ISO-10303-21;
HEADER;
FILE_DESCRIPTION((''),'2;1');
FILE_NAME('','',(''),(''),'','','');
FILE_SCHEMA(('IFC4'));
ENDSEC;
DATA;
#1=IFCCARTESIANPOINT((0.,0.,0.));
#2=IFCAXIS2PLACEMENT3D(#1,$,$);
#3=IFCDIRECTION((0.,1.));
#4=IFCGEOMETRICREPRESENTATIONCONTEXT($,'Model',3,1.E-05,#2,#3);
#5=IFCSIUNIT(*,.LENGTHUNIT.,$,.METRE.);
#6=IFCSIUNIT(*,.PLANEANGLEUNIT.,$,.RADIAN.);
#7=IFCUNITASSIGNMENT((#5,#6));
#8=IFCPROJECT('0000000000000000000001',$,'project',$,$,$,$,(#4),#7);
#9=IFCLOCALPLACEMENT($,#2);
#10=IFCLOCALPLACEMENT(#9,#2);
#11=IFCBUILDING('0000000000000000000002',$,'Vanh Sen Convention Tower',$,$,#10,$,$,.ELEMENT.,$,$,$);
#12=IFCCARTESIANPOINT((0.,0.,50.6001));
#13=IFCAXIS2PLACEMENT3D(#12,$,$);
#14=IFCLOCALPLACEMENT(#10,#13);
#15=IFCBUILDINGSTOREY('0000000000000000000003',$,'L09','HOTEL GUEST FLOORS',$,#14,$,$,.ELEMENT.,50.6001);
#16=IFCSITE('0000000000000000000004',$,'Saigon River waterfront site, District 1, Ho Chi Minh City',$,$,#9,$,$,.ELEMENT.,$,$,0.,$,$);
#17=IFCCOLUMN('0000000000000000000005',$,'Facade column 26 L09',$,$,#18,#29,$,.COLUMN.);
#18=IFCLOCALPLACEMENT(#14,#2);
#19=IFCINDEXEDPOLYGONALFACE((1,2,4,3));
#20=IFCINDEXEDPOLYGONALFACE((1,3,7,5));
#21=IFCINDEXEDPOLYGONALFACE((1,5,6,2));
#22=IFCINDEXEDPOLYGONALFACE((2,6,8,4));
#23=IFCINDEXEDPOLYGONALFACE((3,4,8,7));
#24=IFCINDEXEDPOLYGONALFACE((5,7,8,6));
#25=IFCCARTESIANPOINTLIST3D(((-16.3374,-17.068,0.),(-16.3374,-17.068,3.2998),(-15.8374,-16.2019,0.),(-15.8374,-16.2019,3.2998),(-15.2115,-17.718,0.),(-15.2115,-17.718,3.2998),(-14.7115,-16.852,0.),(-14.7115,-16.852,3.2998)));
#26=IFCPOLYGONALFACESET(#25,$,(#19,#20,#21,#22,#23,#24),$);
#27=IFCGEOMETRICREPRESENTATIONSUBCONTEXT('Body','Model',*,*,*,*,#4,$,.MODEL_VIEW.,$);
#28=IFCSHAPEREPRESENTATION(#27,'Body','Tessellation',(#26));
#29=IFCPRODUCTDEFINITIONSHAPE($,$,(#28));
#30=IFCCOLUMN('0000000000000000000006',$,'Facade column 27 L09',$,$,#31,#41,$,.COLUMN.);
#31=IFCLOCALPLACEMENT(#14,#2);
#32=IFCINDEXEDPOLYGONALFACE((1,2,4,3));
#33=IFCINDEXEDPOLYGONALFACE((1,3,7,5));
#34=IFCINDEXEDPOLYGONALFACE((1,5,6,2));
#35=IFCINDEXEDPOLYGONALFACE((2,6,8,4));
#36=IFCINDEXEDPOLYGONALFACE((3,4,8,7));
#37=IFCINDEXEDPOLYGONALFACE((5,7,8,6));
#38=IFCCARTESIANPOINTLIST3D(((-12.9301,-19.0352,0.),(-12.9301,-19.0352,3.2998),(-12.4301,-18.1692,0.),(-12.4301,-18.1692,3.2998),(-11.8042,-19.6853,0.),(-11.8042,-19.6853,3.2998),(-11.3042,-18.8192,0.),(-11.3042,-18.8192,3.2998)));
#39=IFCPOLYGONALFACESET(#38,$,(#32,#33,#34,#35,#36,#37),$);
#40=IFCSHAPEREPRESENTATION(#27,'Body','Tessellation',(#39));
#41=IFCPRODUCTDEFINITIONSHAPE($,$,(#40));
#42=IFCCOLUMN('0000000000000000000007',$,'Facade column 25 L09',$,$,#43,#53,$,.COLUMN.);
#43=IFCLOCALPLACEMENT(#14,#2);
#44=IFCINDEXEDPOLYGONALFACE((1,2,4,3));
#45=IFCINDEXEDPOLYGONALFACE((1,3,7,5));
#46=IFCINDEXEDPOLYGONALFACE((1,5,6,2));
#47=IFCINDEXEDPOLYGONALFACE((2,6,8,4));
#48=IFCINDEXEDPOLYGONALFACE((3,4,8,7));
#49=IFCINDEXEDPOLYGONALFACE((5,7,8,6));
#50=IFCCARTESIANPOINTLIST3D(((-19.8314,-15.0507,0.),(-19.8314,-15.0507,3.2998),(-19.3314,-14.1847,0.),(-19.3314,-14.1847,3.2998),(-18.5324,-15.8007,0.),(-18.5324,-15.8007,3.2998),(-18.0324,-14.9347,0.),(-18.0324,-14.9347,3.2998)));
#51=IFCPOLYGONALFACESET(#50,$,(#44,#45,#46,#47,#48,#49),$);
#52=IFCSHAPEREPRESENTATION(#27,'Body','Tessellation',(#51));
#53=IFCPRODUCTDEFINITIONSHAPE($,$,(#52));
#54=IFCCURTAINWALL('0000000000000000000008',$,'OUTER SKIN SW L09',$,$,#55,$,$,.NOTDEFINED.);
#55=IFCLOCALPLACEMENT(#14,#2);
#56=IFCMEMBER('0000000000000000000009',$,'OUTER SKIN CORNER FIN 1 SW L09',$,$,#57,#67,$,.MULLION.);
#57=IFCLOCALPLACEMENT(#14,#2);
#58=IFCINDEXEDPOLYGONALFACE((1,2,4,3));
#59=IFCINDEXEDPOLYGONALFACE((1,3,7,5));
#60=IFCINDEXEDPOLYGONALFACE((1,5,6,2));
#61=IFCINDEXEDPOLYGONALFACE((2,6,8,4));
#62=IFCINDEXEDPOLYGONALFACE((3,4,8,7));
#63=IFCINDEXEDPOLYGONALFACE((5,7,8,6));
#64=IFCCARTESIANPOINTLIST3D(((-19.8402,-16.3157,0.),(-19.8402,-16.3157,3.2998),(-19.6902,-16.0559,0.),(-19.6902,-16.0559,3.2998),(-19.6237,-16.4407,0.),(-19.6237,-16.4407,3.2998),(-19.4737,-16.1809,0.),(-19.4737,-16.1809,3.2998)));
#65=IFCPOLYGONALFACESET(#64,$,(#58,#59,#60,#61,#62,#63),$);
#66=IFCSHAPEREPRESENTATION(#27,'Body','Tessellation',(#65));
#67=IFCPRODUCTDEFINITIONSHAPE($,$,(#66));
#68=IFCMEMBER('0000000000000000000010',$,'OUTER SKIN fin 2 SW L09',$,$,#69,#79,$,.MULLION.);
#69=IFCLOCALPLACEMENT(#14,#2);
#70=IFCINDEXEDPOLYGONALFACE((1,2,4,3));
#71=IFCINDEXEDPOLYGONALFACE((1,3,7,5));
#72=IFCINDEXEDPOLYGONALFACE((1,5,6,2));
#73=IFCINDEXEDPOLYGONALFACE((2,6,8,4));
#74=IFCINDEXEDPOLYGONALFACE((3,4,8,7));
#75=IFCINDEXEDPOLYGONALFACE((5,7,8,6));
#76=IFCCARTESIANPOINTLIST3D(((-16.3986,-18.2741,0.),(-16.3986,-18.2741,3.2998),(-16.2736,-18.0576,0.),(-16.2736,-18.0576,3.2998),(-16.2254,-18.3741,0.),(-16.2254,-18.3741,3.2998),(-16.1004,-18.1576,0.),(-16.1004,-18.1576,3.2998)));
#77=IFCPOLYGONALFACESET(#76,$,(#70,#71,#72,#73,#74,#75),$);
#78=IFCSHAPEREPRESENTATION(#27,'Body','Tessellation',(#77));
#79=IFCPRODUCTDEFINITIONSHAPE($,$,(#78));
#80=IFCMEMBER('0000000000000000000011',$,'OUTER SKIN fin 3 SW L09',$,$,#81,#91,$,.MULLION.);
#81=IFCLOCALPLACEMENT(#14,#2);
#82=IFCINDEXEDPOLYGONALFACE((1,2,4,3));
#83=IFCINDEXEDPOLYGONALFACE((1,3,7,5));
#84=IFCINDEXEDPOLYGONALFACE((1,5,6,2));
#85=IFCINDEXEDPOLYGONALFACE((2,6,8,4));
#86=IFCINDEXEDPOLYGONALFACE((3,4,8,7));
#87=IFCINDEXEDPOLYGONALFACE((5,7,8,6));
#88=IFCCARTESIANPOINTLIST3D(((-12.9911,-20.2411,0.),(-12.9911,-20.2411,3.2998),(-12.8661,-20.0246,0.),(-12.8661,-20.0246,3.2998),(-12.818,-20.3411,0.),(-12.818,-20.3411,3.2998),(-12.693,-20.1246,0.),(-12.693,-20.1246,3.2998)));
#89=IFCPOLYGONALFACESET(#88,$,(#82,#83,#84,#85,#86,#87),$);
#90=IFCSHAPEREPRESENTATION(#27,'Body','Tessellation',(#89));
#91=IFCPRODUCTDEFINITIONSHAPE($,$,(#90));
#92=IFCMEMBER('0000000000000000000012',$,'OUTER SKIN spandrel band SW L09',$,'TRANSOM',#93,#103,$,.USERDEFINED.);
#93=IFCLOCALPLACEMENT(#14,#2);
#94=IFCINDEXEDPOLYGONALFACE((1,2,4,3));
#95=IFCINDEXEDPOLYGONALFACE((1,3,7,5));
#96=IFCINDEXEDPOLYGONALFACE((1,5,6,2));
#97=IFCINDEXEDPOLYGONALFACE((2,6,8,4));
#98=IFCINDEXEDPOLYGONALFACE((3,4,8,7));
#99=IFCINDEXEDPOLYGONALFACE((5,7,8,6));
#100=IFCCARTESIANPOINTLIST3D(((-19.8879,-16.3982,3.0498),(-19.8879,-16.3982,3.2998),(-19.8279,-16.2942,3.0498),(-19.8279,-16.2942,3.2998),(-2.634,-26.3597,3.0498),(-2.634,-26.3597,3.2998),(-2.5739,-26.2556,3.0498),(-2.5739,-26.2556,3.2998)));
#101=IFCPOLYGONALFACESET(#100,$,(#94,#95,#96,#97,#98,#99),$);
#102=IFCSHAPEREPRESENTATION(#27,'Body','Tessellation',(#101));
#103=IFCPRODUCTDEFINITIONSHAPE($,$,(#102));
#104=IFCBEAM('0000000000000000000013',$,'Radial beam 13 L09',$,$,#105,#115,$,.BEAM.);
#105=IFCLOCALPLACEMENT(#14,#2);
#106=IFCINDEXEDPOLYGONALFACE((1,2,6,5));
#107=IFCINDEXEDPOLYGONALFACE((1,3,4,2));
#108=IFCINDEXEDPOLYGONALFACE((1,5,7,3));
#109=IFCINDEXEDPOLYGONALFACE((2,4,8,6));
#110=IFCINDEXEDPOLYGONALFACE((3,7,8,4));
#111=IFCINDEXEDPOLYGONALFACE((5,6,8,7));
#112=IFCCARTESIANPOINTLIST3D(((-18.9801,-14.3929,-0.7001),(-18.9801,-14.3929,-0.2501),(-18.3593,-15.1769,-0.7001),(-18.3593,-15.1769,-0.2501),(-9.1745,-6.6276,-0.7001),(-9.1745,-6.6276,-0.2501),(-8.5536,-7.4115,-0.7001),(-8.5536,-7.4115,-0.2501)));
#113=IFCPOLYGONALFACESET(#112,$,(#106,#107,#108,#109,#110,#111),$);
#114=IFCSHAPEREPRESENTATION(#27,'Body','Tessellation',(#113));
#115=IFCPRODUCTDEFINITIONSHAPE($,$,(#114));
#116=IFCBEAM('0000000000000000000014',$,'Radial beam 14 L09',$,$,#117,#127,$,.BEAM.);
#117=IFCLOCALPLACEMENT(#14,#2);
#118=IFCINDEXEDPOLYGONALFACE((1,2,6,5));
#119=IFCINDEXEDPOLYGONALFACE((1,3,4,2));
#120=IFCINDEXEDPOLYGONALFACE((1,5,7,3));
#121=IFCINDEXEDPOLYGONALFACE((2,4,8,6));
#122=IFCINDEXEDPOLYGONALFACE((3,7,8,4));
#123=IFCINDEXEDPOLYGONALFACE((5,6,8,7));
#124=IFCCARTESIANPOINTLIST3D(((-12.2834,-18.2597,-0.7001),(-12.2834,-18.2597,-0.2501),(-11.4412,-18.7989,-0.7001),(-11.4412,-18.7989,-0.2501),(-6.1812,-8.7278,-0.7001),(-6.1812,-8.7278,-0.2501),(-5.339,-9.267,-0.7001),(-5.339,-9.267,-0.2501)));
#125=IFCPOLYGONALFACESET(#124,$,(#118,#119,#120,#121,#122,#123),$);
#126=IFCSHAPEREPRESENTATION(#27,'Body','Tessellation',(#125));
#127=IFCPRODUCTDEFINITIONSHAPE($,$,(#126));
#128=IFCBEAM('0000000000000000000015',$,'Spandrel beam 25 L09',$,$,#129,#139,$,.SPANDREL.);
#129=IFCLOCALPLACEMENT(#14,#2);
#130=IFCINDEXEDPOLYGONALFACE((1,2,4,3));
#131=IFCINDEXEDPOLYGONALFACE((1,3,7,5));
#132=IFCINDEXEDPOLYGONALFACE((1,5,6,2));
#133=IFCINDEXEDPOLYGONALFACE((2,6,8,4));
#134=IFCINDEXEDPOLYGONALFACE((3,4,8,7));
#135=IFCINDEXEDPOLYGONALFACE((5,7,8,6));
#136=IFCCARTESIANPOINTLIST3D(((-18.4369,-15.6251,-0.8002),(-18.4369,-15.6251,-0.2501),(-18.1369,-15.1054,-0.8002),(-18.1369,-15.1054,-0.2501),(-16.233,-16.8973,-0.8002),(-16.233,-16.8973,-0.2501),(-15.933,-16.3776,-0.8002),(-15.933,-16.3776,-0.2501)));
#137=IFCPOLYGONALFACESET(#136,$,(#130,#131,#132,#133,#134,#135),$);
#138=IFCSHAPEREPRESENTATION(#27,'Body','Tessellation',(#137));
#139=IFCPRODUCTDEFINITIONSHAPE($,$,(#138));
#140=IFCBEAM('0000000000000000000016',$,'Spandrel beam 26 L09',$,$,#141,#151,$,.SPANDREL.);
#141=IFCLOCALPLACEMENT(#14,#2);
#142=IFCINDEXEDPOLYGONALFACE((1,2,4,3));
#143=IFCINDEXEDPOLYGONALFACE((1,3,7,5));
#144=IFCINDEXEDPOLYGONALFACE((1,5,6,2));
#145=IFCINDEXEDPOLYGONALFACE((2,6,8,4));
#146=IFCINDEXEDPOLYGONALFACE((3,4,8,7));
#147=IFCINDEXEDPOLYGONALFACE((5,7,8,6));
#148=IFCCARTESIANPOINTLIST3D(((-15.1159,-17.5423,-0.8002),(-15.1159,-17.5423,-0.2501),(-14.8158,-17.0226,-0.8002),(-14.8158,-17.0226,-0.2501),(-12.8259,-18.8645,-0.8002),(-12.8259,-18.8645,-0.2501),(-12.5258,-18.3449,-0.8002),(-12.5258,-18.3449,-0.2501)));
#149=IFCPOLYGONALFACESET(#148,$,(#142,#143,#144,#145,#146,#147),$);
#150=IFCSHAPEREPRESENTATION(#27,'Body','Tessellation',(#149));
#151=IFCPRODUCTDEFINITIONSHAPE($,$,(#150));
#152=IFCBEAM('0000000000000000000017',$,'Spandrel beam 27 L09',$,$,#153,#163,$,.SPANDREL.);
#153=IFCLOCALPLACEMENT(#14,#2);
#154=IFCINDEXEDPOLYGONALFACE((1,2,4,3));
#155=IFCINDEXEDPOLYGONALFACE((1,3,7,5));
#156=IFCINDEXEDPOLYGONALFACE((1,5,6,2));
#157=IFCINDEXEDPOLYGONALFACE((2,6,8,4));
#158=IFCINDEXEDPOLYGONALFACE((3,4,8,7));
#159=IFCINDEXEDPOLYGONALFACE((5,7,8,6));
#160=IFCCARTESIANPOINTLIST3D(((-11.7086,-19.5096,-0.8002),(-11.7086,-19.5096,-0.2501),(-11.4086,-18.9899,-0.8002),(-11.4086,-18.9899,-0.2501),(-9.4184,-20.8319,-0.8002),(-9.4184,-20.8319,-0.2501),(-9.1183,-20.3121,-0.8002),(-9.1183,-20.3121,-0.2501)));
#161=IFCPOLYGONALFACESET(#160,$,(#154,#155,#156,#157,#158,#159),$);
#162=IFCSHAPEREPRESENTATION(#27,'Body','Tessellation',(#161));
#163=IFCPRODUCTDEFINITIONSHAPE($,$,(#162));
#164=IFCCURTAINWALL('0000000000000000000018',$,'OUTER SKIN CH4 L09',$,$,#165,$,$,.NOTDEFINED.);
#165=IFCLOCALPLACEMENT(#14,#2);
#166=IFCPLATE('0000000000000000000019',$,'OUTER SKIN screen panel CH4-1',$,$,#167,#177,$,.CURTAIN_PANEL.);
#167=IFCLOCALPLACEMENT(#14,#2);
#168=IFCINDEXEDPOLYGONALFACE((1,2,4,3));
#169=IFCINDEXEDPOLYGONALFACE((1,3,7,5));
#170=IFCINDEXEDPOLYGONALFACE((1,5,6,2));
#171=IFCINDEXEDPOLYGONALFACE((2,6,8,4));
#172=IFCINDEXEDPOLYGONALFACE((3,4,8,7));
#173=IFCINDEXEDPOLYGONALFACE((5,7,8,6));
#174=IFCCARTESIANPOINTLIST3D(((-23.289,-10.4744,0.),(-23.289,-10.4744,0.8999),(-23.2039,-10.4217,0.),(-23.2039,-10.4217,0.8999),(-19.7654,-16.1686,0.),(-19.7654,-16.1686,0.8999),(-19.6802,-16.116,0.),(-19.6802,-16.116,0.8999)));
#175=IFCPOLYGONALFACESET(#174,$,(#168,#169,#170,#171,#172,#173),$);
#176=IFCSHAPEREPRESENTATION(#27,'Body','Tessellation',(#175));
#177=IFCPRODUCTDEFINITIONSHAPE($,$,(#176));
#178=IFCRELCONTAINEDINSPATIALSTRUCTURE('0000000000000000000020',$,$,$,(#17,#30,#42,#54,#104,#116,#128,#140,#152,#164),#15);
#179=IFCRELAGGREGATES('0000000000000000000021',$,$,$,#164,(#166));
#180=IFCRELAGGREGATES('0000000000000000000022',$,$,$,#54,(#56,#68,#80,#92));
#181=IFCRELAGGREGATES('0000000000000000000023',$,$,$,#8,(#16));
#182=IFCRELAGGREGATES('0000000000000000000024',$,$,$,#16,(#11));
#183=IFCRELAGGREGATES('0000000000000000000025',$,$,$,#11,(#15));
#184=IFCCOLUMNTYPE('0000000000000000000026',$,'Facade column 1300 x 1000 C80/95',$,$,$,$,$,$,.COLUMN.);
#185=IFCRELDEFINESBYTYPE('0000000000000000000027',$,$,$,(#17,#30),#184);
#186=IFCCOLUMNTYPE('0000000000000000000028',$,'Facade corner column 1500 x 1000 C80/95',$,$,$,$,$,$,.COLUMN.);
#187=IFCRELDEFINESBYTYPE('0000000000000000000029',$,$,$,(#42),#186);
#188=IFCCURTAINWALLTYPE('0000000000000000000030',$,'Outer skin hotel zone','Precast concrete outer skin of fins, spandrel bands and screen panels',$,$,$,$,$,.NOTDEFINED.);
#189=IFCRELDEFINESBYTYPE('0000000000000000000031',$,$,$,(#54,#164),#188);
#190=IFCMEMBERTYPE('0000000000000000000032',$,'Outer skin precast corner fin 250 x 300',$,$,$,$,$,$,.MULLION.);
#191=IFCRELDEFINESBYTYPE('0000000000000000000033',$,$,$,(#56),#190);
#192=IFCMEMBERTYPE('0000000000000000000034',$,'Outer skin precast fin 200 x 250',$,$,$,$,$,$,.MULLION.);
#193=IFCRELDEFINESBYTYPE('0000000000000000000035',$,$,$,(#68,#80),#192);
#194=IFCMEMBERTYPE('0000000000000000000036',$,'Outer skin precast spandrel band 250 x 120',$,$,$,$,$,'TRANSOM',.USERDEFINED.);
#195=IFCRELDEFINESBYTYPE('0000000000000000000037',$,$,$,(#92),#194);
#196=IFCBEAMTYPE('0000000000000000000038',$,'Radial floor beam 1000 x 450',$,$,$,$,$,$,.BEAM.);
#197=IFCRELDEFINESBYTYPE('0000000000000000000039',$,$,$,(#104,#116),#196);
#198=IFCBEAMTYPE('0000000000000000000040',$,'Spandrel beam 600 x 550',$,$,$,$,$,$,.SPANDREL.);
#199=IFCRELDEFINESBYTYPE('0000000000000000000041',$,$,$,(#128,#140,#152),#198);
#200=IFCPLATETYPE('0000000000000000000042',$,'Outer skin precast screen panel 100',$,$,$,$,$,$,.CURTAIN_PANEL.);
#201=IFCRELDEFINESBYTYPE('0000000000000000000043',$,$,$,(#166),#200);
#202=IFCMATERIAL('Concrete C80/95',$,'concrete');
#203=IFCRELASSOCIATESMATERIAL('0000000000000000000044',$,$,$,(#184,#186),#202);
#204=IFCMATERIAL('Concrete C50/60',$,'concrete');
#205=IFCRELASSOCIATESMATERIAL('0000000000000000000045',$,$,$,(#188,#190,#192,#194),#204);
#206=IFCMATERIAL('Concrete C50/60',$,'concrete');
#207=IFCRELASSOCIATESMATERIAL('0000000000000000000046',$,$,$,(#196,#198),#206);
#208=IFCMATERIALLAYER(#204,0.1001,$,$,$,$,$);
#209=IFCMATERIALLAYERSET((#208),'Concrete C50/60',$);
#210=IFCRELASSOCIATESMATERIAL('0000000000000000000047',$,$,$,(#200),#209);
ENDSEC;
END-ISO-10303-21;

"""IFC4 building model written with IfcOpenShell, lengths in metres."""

from ifc_helpers import new_model, si_unit, direction, frame, origin, origin_2d, place, context, subcontext, project, spatial, rectangle, extrude, material, layer, layer_set, material_profile, profile_set, type_object, element, aggregate, save


model = new_model("IFC4")

# Units and contexts
model_context = context("Model", 3, precision=1e-05, world=origin(), true_north=direction((0.0, 1.0)))
body_context = subcontext(model_context, "Body", "Model", "MODEL_VIEW")
ifc_project = project(units=[si_unit("LENGTHUNIT", "METRE"), si_unit("PLANEANGLEUNIT", "RADIAN")], contexts=[model_context])

# Site, building, storey
site_placement = place(None, origin())
site = spatial("IfcSite", under=ifc_project, at=site_placement, Name="Saigon River waterfront site, District 1, Ho Chi Minh City", CompositionType="ELEMENT", RefElevation=0.0)
building_placement = place(site_placement, origin())
building = spatial("IfcBuilding", under=site, at=building_placement, Name="Vanh Sen Convention Tower", CompositionType="ELEMENT")
storey_placement = place(building_placement, frame((0.0, 0.0, 50.6001)))
storey = spatial("IfcBuildingStorey", under=building, at=storey_placement, Name="L09", Description="HOTEL GUEST FLOORS", CompositionType="ELEMENT", Elevation=50.6001)

# Columns
ifc_material_1 = material(Name="Concrete C80/95", Category="concrete")
ifc_material_profile_1 = material_profile(ifc_material_1, rectangle(XDim=1.3, YDim=1.0, at=origin_2d()), Name="RC 1300X1000")
ifc_profile_set_1 = profile_set([ifc_material_profile_1], Name="Concrete C80/95")
column_type_1 = type_object("IfcColumnType", Name="Facade column 1300 x 1000 C80/95", PredefinedType="COLUMN", material=ifc_profile_set_1)
for number, where, z_axis, x_axis, name in (
    (1, (-15.5244, -16.96, 0.0), (0.0, 0.0, 1.0), (0.866025, -0.5, 0.0), "Facade column 26 L09"),
    (2, (-12.1172, -18.9272, 0.0), (0.0, 0.0, 1.0), (0.866025, -0.5, 0.0), "Facade column 27 L09"),
):
    element("IfcColumn", number, at=place(storey_placement, frame(where, z_axis=z_axis, x_axis=x_axis)), inside=storey, type_object=column_type_1, Name=name, PredefinedType="COLUMN", context=body_context, shape_type="SweptSolid", body=[
        extrude(rectangle(XDim=1.3, YDim=1.0, at=origin_2d()), origin(), (0.0, 0.0, 1.0), 3.2998),
    ])
ifc_material_profile_2 = material_profile(ifc_material_1, rectangle(XDim=1.5, YDim=1.0, at=origin_2d()), Name="RC 1500X1000")
ifc_profile_set_2 = profile_set([ifc_material_profile_2], Name="Concrete C80/95")
column_type_2 = type_object("IfcColumnType", Name="Facade corner column 1500 x 1000 C80/95", PredefinedType="COLUMN", material=ifc_profile_set_2)
column_placement = place(storey_placement, frame((-18.9319, -14.9927, 0.0), z_axis=(0.0, 0.0, 1.0), x_axis=(0.866025, -0.5, 0.0)))
element("IfcColumn", 3, at=column_placement, inside=storey, type_object=column_type_2, Name="Facade column 25 L09", PredefinedType="COLUMN", context=body_context, shape_type="SweptSolid", body=[
    extrude(rectangle(XDim=1.5, YDim=1.0, at=origin_2d()), origin(), (0.0, 0.0, 1.0), 3.2998),
])

# Curtain wall, members
ifc_material_2 = material(Name="Concrete C50/60", Category="concrete")
curtain_wall_type = type_object("IfcCurtainWallType", Name="Outer skin hotel zone", Description="Precast concrete outer skin of fins, spandrel bands and screen panels", PredefinedType="NOTDEFINED", material=ifc_material_2)
curtain_wall_1_placement = place(storey_placement, origin())
curtain_wall_1 = element("IfcCurtainWall", 4, at=curtain_wall_1_placement, inside=storey, type_object=curtain_wall_type, Name="OUTER SKIN SW L09", PredefinedType="NOTDEFINED")
ifc_material_profile_3 = material_profile(ifc_material_2, rectangle(XDim=0.25, YDim=0.3, at=origin_2d()), Name="Outer skin precast corner fin 250 x 300")
ifc_profile_set_3 = profile_set([ifc_material_profile_3], Name="Concrete C50/60")
member_type_1 = type_object("IfcMemberType", Name="Outer skin precast corner fin 250 x 300", PredefinedType="MULLION", material=ifc_profile_set_3)
member_1_placement = place(storey_placement, frame((-19.657, -16.2483, 0.0), z_axis=(0.0, 0.0, 1.0), x_axis=(0.866025, -0.5, 0.0)))
member_1 = element("IfcMember", 5, at=member_1_placement, type_object=member_type_1, Name="OUTER SKIN CORNER FIN 1 SW L09", PredefinedType="MULLION", context=body_context, shape_type="SweptSolid", body=[
    extrude(rectangle(XDim=0.25, YDim=0.3, at=origin_2d()), origin(), (0.0, 0.0, 1.0), 3.2998),
])
ifc_material_profile_4 = material_profile(ifc_material_2, rectangle(XDim=0.2, YDim=0.25, at=origin_2d()), Name="Outer skin precast fin 200 x 250")
ifc_profile_set_4 = profile_set([ifc_material_profile_4], Name="Concrete C50/60")
member_type_2 = type_object("IfcMemberType", Name="Outer skin precast fin 200 x 250", PredefinedType="MULLION", material=ifc_profile_set_4)
member_2_placement = place(storey_placement, frame((-16.2495, -18.2158, 0.0), z_axis=(0.0, 0.0, 1.0), x_axis=(0.866025, -0.5, 0.0)))
member_2 = element("IfcMember", 6, at=member_2_placement, type_object=member_type_2, Name="OUTER SKIN fin 2 SW L09", PredefinedType="MULLION", context=body_context, shape_type="SweptSolid", body=[
    extrude(rectangle(XDim=0.2, YDim=0.25, at=origin_2d()), origin(), (0.0, 0.0, 1.0), 3.2998),
])
member_3_placement = place(storey_placement, frame((-12.842, -20.1829, 0.0), z_axis=(0.0, 0.0, 1.0), x_axis=(0.866025, -0.5, 0.0)))
member_3 = element("IfcMember", 7, at=member_3_placement, type_object=member_type_2, Name="OUTER SKIN fin 3 SW L09", PredefinedType="MULLION", context=body_context, shape_type="SweptSolid", body=[
    extrude(rectangle(XDim=0.2, YDim=0.25, at=origin_2d()), origin(), (0.0, 0.0, 1.0), 3.2998),
])
ifc_material_profile_5 = material_profile(ifc_material_2, rectangle(XDim=0.1201, YDim=0.25, at=origin_2d()), Name="Outer skin precast spandrel band 250 x 120")
ifc_profile_set_5 = profile_set([ifc_material_profile_5], Name="Concrete C50/60")
member_type_3 = type_object("IfcMemberType", Name="Outer skin precast spandrel band 250 x 120", ElementType="TRANSOM", PredefinedType="USERDEFINED", material=ifc_profile_set_5)
member_4_placement = place(storey_placement, frame((-19.8579, -16.3462, 3.1748), z_axis=(0.866028, -0.499995, 0.0), x_axis=(0.499995, 0.866028, 0.0)))
member_4 = element("IfcMember", 8, at=member_4_placement, type_object=member_type_3, Name="OUTER SKIN spandrel band SW L09", ObjectType="TRANSOM", PredefinedType="USERDEFINED", context=body_context, shape_type="SweptSolid", body=[
    extrude(rectangle(XDim=0.1201, YDim=0.25, at=origin_2d()), origin(), (0.0, 0.0, 1.0), 19.9231),
])

# Beams
ifc_material_3 = material(Name="Concrete C50/60", Category="concrete")
ifc_material_profile_6 = material_profile(ifc_material_3, rectangle(XDim=1.0, YDim=0.45, at=origin_2d()), Name="RC 1000X450")
ifc_profile_set_6 = profile_set([ifc_material_profile_6], Name="Concrete C50/60")
beam_type_1 = type_object("IfcBeamType", Name="Radial floor beam 1000 x 450", PredefinedType="BEAM", material=ifc_profile_set_6)
beam_1_placement = place(storey_placement, frame((-18.6697, -14.7849, -0.4751), z_axis=(0.783946, 0.620829, 0.0), x_axis=(-0.620829, 0.783946, 0.0)))
element("IfcBeam", 9, at=beam_1_placement, inside=storey, type_object=beam_type_1, Name="Radial beam 13 L09", PredefinedType="BEAM", context=body_context, shape_type="SweptSolid", body=[
    extrude(rectangle(XDim=1.0, YDim=0.45, at=origin_2d()), origin(), (0.0, 0.0, 1.0), 12.5081),
])
beam_2_placement = place(storey_placement, frame((-11.8623, -18.5293, -0.4751), z_axis=(0.539168, 0.842198, 0.0), x_axis=(-0.842198, 0.539168, 0.0)))
element("IfcBeam", 10, at=beam_2_placement, inside=storey, type_object=beam_type_1, Name="Radial beam 14 L09", PredefinedType="BEAM", context=body_context, shape_type="SweptSolid", body=[
    extrude(rectangle(XDim=1.0, YDim=0.45, at=origin_2d()), origin(), (0.0, 0.0, 1.0), 11.3179),
])
ifc_material_profile_7 = material_profile(ifc_material_3, rectangle(XDim=0.6001, YDim=0.55, at=origin_2d()), Name="RC 600X550")
ifc_profile_set_7 = profile_set([ifc_material_profile_7], Name="Concrete C50/60")
beam_type_2 = type_object("IfcBeamType", Name="Spandrel beam 600 x 550", PredefinedType="SPANDREL", material=ifc_profile_set_7)
beam_3_placement = place(storey_placement, frame((-18.2869, -15.3652, -0.5251), z_axis=(0.866056, -0.499947, 0.0), x_axis=(0.499947, 0.866056, 0.0)))
element("IfcBeam", 11, at=beam_3_placement, inside=storey, type_object=beam_type_2, Name="Spandrel beam 25 L09", PredefinedType="SPANDREL", context=body_context, shape_type="SweptSolid", body=[
    extrude(rectangle(XDim=0.6001, YDim=0.55, at=origin_2d()), origin(), (0.0, 0.0, 1.0), 2.5447),
])
beam_4_placement = place(storey_placement, frame((-14.9658, -17.2825, -0.5251), z_axis=(0.866007, -0.500031, 0.0), x_axis=(0.500031, 0.866007, 0.0)))
element("IfcBeam", 12, at=beam_4_placement, inside=storey, type_object=beam_type_2, Name="Spandrel beam 26 L09", PredefinedType="SPANDREL", context=body_context, shape_type="SweptSolid", body=[
    extrude(rectangle(XDim=0.6001, YDim=0.55, at=origin_2d()), origin(), (0.0, 0.0, 1.0), 2.6443),
])
beam_5_placement = place(storey_placement, frame((-11.5586, -19.2498, -0.5251), z_axis=(0.86603, -0.499991, 0.0), x_axis=(0.499991, 0.86603, 0.0)))
element("IfcBeam", 13, at=beam_5_placement, inside=storey, type_object=beam_type_2, Name="Spandrel beam 27 L09", PredefinedType="SPANDREL", context=body_context, shape_type="SweptSolid", body=[
    extrude(rectangle(XDim=0.6001, YDim=0.55, at=origin_2d()), origin(), (0.0, 0.0, 1.0), 2.6445),
])

# Curtain wall, plate
curtain_wall_2_placement = place(storey_placement, origin())
curtain_wall_2 = element("IfcCurtainWall", 14, at=curtain_wall_2_placement, inside=storey, type_object=curtain_wall_type, Name="OUTER SKIN CH4 L09", PredefinedType="NOTDEFINED")
ifc_layer_1 = layer(ifc_material_2, 0.1001)
ifc_layer_set_1 = layer_set([ifc_layer_1], Name="Concrete C50/60")
plate_type = type_object("IfcPlateType", Name="Outer skin precast screen panel 100", PredefinedType="CURTAIN_PANEL", material=ifc_layer_set_1)
plate_1_placement = place(storey_placement, frame((-21.4846, -13.2952, 0.0), z_axis=(0.0, 0.0, 1.0), x_axis=(0.526205, -0.850358, 0.0)))
plate_1 = element("IfcPlate", 15, at=plate_1_placement, type_object=plate_type, Name="OUTER SKIN screen panel CH4-1", PredefinedType="CURTAIN_PANEL", context=body_context, shape_type="SweptSolid", body=[
    extrude(rectangle(XDim=6.6963, YDim=0.1001, at=origin_2d()), origin(), (0.0, 0.0, 1.0), 0.8999),
])
aggregate(curtain_wall_2, [plate_1])

aggregate(curtain_wall_1, [member_1, member_2, member_3, member_4])

save(model, "model.ifc")
